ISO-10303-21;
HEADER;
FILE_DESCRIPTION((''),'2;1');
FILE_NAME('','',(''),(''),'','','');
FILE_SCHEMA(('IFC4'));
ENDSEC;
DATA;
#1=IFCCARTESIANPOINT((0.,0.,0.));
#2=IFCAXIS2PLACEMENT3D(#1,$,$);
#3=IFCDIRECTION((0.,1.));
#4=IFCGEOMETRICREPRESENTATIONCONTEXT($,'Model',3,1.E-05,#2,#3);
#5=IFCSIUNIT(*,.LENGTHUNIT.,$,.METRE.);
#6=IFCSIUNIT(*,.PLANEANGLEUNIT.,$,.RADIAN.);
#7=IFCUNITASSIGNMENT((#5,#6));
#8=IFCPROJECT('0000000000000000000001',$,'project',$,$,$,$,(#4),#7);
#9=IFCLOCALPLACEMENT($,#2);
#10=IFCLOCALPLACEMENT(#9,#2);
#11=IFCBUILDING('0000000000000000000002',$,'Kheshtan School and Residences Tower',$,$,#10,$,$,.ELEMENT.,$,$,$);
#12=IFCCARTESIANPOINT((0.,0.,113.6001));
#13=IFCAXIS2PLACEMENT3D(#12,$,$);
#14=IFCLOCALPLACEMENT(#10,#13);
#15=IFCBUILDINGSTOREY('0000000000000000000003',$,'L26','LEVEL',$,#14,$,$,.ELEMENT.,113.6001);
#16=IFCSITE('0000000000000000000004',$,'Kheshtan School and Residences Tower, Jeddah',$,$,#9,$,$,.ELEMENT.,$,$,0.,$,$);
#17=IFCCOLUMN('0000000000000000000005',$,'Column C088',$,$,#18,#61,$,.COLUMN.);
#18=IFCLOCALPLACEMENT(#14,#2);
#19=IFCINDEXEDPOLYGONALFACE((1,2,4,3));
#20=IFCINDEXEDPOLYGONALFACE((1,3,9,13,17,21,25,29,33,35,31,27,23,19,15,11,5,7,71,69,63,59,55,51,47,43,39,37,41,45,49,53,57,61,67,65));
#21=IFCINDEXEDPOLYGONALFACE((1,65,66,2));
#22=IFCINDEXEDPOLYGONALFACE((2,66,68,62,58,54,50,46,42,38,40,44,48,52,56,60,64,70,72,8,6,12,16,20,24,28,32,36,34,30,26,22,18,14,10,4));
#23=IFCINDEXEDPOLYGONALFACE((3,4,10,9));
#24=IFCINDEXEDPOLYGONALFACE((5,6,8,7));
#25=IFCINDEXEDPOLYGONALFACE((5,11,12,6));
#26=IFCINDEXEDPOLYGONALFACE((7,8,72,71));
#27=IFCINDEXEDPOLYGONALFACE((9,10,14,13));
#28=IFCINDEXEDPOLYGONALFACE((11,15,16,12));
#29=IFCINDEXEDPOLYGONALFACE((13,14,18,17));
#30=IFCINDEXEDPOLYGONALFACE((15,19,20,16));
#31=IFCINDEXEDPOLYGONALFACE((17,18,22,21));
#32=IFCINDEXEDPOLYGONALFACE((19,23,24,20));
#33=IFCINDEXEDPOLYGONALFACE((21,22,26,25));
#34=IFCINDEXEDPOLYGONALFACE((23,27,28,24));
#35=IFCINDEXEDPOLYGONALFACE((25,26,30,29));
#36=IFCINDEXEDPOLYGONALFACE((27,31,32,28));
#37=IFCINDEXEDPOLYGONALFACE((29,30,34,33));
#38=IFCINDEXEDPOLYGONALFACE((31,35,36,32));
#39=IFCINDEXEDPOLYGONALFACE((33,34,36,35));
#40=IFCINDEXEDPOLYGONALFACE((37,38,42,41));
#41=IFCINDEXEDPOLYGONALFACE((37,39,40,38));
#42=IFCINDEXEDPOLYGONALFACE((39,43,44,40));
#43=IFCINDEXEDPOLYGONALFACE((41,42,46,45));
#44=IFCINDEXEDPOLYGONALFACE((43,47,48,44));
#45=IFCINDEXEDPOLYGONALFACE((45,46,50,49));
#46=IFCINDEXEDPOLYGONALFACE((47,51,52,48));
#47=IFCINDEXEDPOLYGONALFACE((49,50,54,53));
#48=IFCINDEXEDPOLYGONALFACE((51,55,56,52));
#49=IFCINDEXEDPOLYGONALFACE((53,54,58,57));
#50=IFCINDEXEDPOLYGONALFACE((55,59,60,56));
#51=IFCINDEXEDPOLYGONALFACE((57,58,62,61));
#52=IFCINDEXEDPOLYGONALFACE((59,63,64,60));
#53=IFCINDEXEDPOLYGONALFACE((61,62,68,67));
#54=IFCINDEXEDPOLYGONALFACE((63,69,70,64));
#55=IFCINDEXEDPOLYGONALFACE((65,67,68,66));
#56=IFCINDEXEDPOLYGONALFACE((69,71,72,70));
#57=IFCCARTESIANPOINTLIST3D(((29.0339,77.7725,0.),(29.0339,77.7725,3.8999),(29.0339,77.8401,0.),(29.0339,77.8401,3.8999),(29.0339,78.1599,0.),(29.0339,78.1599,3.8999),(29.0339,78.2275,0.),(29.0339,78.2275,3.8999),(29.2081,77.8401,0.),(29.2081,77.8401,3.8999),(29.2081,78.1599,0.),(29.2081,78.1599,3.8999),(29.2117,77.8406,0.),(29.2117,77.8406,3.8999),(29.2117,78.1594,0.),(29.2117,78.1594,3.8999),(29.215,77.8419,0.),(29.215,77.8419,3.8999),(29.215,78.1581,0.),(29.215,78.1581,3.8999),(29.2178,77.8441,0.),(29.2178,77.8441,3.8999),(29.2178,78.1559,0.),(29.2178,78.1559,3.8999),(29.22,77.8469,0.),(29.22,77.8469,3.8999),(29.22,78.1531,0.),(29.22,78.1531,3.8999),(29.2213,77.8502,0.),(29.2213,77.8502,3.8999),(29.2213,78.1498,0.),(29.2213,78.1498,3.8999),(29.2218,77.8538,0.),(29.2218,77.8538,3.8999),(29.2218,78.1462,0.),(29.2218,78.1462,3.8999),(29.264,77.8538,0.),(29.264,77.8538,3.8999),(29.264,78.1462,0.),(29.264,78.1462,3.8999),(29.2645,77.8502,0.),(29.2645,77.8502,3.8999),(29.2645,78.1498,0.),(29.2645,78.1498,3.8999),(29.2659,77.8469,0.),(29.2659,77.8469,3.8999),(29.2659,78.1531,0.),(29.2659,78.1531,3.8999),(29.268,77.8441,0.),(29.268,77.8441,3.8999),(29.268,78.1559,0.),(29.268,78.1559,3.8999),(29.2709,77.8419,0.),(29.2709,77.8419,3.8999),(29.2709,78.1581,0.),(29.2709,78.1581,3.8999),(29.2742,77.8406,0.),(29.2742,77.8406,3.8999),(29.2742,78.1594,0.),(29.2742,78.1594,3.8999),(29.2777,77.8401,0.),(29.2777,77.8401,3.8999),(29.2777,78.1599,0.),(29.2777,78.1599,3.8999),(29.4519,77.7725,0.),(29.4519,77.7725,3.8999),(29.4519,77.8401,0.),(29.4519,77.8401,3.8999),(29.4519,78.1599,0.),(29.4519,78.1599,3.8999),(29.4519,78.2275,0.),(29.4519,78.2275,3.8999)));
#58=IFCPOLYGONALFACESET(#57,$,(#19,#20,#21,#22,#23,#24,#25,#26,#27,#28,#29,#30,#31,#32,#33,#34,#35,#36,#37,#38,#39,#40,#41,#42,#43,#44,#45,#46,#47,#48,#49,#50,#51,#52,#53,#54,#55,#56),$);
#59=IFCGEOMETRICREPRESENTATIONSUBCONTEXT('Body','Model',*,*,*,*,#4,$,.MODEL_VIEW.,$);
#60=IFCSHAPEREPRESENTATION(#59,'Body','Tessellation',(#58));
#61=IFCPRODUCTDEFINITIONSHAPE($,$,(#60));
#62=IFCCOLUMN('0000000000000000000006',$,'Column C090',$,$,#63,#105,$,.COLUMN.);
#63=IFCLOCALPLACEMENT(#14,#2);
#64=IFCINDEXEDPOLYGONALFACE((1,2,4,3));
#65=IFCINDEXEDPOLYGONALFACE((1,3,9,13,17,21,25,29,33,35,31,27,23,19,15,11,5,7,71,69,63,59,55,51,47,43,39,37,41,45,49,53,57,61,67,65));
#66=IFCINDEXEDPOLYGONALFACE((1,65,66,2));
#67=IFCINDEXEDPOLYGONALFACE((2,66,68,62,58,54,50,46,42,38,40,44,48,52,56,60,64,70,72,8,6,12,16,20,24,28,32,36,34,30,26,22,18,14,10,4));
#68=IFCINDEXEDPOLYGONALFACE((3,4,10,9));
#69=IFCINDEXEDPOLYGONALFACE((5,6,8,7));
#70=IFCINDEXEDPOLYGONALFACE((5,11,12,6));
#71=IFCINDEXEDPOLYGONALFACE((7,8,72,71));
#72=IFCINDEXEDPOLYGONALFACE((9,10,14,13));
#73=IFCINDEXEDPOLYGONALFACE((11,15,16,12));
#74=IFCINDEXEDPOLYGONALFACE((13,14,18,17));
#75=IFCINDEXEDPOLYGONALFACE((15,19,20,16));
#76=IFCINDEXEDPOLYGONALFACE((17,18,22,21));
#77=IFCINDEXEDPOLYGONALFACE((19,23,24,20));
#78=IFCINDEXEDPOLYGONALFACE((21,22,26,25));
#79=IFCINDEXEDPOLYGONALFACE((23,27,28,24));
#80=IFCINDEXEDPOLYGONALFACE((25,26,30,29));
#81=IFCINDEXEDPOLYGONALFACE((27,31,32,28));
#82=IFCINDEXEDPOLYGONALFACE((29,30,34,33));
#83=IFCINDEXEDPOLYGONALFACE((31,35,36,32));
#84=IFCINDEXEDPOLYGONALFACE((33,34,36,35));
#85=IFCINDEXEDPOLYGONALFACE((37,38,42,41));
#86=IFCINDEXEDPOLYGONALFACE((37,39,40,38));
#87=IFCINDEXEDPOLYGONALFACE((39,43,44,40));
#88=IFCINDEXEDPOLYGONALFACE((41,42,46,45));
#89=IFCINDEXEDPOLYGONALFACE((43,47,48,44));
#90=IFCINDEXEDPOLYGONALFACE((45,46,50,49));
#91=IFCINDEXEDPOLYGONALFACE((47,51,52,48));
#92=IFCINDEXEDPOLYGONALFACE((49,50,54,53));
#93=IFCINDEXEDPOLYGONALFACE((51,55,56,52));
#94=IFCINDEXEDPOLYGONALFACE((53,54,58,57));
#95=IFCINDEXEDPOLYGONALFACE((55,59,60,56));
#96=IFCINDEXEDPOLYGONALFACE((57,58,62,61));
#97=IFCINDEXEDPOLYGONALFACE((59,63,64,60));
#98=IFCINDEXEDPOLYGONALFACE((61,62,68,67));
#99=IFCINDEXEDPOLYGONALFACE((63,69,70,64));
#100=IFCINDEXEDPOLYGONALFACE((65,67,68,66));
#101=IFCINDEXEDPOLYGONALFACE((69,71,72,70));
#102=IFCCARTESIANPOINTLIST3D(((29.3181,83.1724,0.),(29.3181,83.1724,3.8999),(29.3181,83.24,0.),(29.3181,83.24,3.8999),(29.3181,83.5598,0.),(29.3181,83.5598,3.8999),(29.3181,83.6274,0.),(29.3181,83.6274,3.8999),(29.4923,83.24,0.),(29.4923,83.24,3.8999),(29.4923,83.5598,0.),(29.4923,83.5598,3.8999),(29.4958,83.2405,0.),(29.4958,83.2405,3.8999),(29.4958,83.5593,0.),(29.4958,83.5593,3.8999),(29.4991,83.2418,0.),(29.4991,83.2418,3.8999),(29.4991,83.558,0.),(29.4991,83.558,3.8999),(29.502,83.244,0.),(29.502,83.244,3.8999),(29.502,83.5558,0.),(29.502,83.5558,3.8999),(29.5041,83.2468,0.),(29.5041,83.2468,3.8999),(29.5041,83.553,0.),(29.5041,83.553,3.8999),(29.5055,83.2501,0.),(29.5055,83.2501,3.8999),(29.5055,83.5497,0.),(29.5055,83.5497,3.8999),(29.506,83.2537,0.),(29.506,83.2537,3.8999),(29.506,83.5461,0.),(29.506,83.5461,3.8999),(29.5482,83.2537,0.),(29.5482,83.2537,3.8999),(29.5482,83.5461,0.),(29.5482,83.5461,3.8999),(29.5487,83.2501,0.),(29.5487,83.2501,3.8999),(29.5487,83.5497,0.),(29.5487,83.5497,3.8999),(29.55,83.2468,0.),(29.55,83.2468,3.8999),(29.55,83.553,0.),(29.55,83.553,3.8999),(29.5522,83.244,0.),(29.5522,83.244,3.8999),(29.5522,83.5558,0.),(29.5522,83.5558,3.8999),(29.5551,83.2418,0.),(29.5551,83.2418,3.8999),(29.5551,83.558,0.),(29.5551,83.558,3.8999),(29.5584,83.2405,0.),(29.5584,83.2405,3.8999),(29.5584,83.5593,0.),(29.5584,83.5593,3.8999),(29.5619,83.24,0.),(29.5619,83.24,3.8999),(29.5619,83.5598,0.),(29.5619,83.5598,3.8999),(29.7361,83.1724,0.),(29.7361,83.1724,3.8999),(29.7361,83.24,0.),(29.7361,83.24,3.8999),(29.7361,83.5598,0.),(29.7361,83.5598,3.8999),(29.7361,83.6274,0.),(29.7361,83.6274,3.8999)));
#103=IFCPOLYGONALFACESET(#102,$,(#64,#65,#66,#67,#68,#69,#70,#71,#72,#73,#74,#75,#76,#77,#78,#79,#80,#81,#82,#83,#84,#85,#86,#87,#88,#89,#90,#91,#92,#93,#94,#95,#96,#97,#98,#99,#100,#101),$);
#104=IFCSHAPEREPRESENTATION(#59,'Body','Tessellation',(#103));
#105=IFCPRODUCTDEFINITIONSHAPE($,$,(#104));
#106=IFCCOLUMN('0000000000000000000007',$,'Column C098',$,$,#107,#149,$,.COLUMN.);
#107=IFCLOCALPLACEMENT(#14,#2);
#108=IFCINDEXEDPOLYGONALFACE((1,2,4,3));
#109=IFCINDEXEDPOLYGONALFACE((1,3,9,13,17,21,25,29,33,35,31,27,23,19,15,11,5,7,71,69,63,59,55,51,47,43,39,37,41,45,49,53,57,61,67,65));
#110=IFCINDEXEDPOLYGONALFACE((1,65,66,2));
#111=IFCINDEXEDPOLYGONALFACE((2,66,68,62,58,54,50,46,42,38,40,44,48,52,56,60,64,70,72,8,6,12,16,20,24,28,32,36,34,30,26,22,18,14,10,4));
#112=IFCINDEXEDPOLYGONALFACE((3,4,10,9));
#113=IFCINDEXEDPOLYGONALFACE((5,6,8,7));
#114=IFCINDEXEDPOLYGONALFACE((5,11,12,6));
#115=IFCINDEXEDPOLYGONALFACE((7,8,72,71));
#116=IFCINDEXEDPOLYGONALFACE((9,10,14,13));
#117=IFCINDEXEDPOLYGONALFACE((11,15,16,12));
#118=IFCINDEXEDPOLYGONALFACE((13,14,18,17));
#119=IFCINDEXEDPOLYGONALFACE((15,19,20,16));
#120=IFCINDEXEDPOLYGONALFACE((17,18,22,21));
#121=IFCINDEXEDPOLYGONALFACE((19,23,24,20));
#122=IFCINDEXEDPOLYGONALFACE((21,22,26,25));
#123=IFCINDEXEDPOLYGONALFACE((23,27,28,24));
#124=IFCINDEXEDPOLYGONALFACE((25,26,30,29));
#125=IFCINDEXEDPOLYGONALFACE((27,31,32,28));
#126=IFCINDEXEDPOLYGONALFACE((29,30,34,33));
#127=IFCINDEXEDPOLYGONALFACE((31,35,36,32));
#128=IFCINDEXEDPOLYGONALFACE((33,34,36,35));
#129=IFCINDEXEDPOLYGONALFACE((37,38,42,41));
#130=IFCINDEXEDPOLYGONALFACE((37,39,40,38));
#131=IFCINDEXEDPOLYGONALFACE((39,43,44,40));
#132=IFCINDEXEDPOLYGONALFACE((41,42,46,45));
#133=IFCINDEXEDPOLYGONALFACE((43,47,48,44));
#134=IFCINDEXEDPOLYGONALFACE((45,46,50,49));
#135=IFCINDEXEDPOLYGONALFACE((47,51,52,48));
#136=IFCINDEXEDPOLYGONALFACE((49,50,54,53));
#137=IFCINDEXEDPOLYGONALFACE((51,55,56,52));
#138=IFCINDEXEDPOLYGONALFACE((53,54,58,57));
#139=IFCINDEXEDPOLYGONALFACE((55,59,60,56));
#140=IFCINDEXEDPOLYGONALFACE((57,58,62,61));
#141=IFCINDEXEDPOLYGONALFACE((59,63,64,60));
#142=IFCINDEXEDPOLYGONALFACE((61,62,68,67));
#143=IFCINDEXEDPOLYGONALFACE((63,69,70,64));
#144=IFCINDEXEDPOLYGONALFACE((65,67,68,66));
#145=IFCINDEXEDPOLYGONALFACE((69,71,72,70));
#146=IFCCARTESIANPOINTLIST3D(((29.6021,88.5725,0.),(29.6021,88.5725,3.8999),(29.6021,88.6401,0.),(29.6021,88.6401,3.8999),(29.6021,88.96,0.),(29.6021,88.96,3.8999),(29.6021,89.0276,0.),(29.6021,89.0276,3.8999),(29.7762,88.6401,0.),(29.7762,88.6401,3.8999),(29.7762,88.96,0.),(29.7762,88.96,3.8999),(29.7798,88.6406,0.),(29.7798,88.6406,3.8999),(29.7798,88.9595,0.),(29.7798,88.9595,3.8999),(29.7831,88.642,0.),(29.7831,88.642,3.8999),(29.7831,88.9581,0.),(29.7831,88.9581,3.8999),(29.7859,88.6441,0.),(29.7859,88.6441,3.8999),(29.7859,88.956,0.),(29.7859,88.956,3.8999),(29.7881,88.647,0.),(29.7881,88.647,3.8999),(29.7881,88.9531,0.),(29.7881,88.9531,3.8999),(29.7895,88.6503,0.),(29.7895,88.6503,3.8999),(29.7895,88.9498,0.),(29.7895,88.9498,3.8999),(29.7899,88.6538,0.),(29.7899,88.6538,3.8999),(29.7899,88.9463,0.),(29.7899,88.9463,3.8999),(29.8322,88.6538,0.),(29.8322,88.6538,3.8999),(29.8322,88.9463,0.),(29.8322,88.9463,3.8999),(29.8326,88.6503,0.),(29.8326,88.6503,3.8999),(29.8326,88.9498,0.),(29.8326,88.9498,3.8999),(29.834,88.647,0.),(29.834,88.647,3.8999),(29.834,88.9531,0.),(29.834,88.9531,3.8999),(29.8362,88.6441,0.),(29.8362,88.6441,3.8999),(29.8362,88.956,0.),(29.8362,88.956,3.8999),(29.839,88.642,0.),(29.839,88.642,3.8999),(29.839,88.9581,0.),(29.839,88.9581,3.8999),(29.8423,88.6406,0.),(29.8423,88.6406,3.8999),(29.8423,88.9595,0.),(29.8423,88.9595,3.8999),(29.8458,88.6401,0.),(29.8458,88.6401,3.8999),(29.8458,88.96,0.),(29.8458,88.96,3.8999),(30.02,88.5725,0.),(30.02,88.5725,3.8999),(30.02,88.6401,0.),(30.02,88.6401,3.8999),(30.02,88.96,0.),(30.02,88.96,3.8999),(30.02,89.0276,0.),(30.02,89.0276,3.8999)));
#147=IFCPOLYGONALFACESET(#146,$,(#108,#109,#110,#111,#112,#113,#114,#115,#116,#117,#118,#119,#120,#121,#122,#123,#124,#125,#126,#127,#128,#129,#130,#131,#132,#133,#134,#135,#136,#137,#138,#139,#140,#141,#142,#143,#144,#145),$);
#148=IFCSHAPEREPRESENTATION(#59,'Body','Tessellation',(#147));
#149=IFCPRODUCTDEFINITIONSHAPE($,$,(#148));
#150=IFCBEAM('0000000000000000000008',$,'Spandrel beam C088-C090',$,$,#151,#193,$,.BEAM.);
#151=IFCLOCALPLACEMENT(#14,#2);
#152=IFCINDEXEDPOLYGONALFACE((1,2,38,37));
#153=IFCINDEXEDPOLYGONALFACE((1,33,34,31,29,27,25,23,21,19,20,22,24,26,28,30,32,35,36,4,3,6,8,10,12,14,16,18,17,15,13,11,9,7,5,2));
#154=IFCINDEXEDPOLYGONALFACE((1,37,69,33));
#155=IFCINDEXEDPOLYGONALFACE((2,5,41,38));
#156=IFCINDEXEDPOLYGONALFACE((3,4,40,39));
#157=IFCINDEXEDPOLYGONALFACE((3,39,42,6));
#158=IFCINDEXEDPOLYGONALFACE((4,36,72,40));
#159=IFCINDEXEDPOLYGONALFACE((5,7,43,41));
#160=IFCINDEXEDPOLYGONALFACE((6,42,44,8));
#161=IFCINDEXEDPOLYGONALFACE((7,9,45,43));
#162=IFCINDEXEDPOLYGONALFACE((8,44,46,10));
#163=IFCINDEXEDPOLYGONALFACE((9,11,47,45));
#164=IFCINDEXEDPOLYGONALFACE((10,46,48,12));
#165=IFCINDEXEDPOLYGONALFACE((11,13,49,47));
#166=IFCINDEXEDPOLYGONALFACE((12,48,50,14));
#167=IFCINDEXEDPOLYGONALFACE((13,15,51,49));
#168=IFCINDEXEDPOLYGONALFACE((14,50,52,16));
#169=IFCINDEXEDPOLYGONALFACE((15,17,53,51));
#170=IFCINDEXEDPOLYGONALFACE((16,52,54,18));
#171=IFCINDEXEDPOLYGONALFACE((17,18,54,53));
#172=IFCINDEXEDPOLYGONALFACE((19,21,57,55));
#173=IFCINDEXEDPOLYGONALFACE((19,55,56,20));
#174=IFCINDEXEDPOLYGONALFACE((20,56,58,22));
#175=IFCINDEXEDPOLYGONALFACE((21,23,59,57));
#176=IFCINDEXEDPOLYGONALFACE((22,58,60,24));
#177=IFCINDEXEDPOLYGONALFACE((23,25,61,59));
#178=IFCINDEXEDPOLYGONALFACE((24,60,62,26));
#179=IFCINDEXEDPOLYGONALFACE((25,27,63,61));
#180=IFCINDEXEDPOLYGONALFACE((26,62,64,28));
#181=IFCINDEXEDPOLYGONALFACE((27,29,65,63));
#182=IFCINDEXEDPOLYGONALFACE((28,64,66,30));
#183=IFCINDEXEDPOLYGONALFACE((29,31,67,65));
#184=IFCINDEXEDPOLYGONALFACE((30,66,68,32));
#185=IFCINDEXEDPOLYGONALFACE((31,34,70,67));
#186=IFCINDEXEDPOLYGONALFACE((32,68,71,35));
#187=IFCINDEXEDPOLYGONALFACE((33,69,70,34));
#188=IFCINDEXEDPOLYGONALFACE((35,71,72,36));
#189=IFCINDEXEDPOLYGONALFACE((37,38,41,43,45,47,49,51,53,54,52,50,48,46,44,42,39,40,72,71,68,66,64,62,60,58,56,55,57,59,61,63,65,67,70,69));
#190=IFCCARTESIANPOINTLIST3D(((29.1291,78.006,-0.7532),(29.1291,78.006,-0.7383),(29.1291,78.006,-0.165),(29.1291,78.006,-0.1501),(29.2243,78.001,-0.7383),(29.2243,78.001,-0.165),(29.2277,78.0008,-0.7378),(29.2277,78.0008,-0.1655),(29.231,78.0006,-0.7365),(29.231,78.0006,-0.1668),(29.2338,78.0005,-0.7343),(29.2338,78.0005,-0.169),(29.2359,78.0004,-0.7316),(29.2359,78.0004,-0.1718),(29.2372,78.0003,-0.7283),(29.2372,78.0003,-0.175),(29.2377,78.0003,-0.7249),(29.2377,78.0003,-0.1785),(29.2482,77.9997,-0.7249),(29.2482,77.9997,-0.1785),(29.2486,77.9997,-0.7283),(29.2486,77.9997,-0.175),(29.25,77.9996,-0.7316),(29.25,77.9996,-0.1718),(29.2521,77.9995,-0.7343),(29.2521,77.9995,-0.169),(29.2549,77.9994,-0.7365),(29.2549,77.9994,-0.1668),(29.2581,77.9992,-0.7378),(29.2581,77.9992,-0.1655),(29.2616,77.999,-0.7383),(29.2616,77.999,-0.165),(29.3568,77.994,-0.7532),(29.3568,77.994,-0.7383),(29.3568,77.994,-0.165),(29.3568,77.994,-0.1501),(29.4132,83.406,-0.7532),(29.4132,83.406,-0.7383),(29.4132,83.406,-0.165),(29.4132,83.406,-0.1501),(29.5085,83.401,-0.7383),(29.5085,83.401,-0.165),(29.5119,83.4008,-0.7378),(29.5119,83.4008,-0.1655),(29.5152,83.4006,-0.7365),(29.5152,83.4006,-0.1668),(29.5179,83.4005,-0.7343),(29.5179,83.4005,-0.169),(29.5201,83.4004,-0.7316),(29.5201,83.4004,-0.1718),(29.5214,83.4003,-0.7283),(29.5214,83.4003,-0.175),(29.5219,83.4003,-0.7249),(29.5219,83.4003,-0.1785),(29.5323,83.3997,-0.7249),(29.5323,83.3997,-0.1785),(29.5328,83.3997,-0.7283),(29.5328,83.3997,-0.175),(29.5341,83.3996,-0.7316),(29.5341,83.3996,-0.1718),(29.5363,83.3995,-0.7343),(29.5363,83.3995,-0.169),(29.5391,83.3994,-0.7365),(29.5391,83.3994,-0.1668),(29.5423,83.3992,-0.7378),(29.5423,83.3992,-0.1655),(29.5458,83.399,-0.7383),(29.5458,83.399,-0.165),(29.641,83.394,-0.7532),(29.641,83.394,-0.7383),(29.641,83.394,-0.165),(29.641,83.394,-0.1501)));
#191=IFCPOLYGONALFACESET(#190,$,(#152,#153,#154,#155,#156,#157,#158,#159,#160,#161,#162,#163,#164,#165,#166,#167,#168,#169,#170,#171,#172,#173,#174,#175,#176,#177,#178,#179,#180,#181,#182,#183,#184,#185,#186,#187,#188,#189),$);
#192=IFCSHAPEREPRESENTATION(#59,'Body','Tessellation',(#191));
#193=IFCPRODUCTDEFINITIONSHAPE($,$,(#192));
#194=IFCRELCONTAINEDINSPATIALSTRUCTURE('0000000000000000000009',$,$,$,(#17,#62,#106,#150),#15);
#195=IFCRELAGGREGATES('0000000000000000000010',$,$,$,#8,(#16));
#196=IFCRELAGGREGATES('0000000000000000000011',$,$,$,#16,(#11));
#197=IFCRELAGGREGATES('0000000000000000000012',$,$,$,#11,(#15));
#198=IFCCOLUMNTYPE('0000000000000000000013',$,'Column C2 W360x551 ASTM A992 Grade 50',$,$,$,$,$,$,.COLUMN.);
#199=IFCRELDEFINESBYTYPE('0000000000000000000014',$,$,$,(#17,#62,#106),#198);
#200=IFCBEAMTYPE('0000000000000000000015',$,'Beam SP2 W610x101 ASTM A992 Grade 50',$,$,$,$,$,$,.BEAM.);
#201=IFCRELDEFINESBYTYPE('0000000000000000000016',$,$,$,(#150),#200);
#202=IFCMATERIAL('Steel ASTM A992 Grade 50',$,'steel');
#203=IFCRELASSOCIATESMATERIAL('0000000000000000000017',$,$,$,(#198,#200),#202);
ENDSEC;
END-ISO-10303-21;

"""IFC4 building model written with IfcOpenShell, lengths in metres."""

from ifc_helpers import new_model, si_unit, direction, frame, origin, origin_2d, place, context, subcontext, project, spatial, i_section, extrude, material, material_profile, profile_set, type_object, element, save


model = new_model("IFC4")

# Units and contexts
model_context = context("Model", 3, precision=1e-05, world=origin(), true_north=direction((0.0, 1.0)))
body_context = subcontext(model_context, "Body", "Model", "MODEL_VIEW")
ifc_project = project(units=[si_unit("LENGTHUNIT", "METRE"), si_unit("PLANEANGLEUNIT", "RADIAN")], contexts=[model_context])

# Site, building, storey
site_placement = place(None, origin())
site = spatial("IfcSite", under=ifc_project, at=site_placement, Name="Kheshtan School and Residences Tower, Jeddah", CompositionType="ELEMENT", RefElevation=0.0)
building_placement = place(site_placement, origin())
building = spatial("IfcBuilding", under=site, at=building_placement, Name="Kheshtan School and Residences Tower", CompositionType="ELEMENT")
storey_placement = place(building_placement, frame((0.0, 0.0, 113.6001)))
storey = spatial("IfcBuildingStorey", under=building, at=storey_placement, Name="L26", Description="LEVEL", CompositionType="ELEMENT", Elevation=113.6001)

# Columns
ifc_material_1 = material(Name="Steel ASTM A992 Grade 50", Category="steel")
ifc_material_profile_1 = material_profile(ifc_material_1, i_section(OverallWidth=0.418, OverallDepth=0.4551, WebThickness=0.0422, FlangeThickness=0.0676, FilletRadius=0.0137, at=origin_2d()), Name="W360x551")
ifc_profile_set_1 = profile_set([ifc_material_profile_1], Name="Steel ASTM A992 Grade 50")
column_type = type_object("IfcColumnType", Name="Column C2 W360x551 ASTM A992 Grade 50", PredefinedType="COLUMN", material=ifc_profile_set_1)
for number, where, z_axis, x_axis, name in (
    (1, (29.2429, 78.0, 0.0), (0.0, 0.0, 1.0), (1.0, 0.0, 0.0), "Column C088"),
    (2, (29.5271, 83.3999, 0.0), (0.0, 0.0, 1.0), (1.0, 0.0, 0.0), "Column C090"),
    (3, (29.811, 88.8, 0.0), (0.0, 0.0, 1.0), (1.0, 0.0, 0.0), "Column C098"),
):
    element("IfcColumn", number, at=place(storey_placement, frame(where, z_axis=z_axis, x_axis=x_axis)), inside=storey, type_object=column_type, Name=name, PredefinedType="COLUMN", context=body_context, shape_type="SweptSolid", body=[
        extrude(i_section(OverallWidth=0.418, OverallDepth=0.4551, WebThickness=0.0422, FlangeThickness=0.0676, FilletRadius=0.0137, at=origin_2d()), origin(), (0.0, 0.0, 1.0), 3.8999),
    ])

# Beam
ifc_material_profile_2 = material_profile(ifc_material_1, i_section(OverallWidth=0.228, OverallDepth=0.603, WebThickness=0.0105, FlangeThickness=0.0149, FilletRadius=0.0134, at=origin_2d()), Name="W610x101")
ifc_profile_set_2 = profile_set([ifc_material_profile_2], Name="Steel ASTM A992 Grade 50")
beam_type_1 = type_object("IfcBeamType", Name="Beam SP2 W610x101 ASTM A992 Grade 50", PredefinedType="BEAM", material=ifc_profile_set_2)
beam_1_placement = place(storey_placement, frame((29.2429, 78.0, -0.4517), z_axis=(0.052554, 0.998618, 0.0), x_axis=(-0.998618, 0.052554, 0.0)))
element("IfcBeam", 4, at=beam_1_placement, inside=storey, type_object=beam_type_1, Name="Spandrel beam C088-C090", PredefinedType="BEAM", context=body_context, shape_type="SweptSolid", body=[
    extrude(i_section(OverallWidth=0.228, OverallDepth=0.603, WebThickness=0.0105, FlangeThickness=0.0149, FilletRadius=0.0134, at=origin_2d()), origin(), (0.0, 0.0, 1.0), 5.4075),
])

save(model, "model.ifc")
